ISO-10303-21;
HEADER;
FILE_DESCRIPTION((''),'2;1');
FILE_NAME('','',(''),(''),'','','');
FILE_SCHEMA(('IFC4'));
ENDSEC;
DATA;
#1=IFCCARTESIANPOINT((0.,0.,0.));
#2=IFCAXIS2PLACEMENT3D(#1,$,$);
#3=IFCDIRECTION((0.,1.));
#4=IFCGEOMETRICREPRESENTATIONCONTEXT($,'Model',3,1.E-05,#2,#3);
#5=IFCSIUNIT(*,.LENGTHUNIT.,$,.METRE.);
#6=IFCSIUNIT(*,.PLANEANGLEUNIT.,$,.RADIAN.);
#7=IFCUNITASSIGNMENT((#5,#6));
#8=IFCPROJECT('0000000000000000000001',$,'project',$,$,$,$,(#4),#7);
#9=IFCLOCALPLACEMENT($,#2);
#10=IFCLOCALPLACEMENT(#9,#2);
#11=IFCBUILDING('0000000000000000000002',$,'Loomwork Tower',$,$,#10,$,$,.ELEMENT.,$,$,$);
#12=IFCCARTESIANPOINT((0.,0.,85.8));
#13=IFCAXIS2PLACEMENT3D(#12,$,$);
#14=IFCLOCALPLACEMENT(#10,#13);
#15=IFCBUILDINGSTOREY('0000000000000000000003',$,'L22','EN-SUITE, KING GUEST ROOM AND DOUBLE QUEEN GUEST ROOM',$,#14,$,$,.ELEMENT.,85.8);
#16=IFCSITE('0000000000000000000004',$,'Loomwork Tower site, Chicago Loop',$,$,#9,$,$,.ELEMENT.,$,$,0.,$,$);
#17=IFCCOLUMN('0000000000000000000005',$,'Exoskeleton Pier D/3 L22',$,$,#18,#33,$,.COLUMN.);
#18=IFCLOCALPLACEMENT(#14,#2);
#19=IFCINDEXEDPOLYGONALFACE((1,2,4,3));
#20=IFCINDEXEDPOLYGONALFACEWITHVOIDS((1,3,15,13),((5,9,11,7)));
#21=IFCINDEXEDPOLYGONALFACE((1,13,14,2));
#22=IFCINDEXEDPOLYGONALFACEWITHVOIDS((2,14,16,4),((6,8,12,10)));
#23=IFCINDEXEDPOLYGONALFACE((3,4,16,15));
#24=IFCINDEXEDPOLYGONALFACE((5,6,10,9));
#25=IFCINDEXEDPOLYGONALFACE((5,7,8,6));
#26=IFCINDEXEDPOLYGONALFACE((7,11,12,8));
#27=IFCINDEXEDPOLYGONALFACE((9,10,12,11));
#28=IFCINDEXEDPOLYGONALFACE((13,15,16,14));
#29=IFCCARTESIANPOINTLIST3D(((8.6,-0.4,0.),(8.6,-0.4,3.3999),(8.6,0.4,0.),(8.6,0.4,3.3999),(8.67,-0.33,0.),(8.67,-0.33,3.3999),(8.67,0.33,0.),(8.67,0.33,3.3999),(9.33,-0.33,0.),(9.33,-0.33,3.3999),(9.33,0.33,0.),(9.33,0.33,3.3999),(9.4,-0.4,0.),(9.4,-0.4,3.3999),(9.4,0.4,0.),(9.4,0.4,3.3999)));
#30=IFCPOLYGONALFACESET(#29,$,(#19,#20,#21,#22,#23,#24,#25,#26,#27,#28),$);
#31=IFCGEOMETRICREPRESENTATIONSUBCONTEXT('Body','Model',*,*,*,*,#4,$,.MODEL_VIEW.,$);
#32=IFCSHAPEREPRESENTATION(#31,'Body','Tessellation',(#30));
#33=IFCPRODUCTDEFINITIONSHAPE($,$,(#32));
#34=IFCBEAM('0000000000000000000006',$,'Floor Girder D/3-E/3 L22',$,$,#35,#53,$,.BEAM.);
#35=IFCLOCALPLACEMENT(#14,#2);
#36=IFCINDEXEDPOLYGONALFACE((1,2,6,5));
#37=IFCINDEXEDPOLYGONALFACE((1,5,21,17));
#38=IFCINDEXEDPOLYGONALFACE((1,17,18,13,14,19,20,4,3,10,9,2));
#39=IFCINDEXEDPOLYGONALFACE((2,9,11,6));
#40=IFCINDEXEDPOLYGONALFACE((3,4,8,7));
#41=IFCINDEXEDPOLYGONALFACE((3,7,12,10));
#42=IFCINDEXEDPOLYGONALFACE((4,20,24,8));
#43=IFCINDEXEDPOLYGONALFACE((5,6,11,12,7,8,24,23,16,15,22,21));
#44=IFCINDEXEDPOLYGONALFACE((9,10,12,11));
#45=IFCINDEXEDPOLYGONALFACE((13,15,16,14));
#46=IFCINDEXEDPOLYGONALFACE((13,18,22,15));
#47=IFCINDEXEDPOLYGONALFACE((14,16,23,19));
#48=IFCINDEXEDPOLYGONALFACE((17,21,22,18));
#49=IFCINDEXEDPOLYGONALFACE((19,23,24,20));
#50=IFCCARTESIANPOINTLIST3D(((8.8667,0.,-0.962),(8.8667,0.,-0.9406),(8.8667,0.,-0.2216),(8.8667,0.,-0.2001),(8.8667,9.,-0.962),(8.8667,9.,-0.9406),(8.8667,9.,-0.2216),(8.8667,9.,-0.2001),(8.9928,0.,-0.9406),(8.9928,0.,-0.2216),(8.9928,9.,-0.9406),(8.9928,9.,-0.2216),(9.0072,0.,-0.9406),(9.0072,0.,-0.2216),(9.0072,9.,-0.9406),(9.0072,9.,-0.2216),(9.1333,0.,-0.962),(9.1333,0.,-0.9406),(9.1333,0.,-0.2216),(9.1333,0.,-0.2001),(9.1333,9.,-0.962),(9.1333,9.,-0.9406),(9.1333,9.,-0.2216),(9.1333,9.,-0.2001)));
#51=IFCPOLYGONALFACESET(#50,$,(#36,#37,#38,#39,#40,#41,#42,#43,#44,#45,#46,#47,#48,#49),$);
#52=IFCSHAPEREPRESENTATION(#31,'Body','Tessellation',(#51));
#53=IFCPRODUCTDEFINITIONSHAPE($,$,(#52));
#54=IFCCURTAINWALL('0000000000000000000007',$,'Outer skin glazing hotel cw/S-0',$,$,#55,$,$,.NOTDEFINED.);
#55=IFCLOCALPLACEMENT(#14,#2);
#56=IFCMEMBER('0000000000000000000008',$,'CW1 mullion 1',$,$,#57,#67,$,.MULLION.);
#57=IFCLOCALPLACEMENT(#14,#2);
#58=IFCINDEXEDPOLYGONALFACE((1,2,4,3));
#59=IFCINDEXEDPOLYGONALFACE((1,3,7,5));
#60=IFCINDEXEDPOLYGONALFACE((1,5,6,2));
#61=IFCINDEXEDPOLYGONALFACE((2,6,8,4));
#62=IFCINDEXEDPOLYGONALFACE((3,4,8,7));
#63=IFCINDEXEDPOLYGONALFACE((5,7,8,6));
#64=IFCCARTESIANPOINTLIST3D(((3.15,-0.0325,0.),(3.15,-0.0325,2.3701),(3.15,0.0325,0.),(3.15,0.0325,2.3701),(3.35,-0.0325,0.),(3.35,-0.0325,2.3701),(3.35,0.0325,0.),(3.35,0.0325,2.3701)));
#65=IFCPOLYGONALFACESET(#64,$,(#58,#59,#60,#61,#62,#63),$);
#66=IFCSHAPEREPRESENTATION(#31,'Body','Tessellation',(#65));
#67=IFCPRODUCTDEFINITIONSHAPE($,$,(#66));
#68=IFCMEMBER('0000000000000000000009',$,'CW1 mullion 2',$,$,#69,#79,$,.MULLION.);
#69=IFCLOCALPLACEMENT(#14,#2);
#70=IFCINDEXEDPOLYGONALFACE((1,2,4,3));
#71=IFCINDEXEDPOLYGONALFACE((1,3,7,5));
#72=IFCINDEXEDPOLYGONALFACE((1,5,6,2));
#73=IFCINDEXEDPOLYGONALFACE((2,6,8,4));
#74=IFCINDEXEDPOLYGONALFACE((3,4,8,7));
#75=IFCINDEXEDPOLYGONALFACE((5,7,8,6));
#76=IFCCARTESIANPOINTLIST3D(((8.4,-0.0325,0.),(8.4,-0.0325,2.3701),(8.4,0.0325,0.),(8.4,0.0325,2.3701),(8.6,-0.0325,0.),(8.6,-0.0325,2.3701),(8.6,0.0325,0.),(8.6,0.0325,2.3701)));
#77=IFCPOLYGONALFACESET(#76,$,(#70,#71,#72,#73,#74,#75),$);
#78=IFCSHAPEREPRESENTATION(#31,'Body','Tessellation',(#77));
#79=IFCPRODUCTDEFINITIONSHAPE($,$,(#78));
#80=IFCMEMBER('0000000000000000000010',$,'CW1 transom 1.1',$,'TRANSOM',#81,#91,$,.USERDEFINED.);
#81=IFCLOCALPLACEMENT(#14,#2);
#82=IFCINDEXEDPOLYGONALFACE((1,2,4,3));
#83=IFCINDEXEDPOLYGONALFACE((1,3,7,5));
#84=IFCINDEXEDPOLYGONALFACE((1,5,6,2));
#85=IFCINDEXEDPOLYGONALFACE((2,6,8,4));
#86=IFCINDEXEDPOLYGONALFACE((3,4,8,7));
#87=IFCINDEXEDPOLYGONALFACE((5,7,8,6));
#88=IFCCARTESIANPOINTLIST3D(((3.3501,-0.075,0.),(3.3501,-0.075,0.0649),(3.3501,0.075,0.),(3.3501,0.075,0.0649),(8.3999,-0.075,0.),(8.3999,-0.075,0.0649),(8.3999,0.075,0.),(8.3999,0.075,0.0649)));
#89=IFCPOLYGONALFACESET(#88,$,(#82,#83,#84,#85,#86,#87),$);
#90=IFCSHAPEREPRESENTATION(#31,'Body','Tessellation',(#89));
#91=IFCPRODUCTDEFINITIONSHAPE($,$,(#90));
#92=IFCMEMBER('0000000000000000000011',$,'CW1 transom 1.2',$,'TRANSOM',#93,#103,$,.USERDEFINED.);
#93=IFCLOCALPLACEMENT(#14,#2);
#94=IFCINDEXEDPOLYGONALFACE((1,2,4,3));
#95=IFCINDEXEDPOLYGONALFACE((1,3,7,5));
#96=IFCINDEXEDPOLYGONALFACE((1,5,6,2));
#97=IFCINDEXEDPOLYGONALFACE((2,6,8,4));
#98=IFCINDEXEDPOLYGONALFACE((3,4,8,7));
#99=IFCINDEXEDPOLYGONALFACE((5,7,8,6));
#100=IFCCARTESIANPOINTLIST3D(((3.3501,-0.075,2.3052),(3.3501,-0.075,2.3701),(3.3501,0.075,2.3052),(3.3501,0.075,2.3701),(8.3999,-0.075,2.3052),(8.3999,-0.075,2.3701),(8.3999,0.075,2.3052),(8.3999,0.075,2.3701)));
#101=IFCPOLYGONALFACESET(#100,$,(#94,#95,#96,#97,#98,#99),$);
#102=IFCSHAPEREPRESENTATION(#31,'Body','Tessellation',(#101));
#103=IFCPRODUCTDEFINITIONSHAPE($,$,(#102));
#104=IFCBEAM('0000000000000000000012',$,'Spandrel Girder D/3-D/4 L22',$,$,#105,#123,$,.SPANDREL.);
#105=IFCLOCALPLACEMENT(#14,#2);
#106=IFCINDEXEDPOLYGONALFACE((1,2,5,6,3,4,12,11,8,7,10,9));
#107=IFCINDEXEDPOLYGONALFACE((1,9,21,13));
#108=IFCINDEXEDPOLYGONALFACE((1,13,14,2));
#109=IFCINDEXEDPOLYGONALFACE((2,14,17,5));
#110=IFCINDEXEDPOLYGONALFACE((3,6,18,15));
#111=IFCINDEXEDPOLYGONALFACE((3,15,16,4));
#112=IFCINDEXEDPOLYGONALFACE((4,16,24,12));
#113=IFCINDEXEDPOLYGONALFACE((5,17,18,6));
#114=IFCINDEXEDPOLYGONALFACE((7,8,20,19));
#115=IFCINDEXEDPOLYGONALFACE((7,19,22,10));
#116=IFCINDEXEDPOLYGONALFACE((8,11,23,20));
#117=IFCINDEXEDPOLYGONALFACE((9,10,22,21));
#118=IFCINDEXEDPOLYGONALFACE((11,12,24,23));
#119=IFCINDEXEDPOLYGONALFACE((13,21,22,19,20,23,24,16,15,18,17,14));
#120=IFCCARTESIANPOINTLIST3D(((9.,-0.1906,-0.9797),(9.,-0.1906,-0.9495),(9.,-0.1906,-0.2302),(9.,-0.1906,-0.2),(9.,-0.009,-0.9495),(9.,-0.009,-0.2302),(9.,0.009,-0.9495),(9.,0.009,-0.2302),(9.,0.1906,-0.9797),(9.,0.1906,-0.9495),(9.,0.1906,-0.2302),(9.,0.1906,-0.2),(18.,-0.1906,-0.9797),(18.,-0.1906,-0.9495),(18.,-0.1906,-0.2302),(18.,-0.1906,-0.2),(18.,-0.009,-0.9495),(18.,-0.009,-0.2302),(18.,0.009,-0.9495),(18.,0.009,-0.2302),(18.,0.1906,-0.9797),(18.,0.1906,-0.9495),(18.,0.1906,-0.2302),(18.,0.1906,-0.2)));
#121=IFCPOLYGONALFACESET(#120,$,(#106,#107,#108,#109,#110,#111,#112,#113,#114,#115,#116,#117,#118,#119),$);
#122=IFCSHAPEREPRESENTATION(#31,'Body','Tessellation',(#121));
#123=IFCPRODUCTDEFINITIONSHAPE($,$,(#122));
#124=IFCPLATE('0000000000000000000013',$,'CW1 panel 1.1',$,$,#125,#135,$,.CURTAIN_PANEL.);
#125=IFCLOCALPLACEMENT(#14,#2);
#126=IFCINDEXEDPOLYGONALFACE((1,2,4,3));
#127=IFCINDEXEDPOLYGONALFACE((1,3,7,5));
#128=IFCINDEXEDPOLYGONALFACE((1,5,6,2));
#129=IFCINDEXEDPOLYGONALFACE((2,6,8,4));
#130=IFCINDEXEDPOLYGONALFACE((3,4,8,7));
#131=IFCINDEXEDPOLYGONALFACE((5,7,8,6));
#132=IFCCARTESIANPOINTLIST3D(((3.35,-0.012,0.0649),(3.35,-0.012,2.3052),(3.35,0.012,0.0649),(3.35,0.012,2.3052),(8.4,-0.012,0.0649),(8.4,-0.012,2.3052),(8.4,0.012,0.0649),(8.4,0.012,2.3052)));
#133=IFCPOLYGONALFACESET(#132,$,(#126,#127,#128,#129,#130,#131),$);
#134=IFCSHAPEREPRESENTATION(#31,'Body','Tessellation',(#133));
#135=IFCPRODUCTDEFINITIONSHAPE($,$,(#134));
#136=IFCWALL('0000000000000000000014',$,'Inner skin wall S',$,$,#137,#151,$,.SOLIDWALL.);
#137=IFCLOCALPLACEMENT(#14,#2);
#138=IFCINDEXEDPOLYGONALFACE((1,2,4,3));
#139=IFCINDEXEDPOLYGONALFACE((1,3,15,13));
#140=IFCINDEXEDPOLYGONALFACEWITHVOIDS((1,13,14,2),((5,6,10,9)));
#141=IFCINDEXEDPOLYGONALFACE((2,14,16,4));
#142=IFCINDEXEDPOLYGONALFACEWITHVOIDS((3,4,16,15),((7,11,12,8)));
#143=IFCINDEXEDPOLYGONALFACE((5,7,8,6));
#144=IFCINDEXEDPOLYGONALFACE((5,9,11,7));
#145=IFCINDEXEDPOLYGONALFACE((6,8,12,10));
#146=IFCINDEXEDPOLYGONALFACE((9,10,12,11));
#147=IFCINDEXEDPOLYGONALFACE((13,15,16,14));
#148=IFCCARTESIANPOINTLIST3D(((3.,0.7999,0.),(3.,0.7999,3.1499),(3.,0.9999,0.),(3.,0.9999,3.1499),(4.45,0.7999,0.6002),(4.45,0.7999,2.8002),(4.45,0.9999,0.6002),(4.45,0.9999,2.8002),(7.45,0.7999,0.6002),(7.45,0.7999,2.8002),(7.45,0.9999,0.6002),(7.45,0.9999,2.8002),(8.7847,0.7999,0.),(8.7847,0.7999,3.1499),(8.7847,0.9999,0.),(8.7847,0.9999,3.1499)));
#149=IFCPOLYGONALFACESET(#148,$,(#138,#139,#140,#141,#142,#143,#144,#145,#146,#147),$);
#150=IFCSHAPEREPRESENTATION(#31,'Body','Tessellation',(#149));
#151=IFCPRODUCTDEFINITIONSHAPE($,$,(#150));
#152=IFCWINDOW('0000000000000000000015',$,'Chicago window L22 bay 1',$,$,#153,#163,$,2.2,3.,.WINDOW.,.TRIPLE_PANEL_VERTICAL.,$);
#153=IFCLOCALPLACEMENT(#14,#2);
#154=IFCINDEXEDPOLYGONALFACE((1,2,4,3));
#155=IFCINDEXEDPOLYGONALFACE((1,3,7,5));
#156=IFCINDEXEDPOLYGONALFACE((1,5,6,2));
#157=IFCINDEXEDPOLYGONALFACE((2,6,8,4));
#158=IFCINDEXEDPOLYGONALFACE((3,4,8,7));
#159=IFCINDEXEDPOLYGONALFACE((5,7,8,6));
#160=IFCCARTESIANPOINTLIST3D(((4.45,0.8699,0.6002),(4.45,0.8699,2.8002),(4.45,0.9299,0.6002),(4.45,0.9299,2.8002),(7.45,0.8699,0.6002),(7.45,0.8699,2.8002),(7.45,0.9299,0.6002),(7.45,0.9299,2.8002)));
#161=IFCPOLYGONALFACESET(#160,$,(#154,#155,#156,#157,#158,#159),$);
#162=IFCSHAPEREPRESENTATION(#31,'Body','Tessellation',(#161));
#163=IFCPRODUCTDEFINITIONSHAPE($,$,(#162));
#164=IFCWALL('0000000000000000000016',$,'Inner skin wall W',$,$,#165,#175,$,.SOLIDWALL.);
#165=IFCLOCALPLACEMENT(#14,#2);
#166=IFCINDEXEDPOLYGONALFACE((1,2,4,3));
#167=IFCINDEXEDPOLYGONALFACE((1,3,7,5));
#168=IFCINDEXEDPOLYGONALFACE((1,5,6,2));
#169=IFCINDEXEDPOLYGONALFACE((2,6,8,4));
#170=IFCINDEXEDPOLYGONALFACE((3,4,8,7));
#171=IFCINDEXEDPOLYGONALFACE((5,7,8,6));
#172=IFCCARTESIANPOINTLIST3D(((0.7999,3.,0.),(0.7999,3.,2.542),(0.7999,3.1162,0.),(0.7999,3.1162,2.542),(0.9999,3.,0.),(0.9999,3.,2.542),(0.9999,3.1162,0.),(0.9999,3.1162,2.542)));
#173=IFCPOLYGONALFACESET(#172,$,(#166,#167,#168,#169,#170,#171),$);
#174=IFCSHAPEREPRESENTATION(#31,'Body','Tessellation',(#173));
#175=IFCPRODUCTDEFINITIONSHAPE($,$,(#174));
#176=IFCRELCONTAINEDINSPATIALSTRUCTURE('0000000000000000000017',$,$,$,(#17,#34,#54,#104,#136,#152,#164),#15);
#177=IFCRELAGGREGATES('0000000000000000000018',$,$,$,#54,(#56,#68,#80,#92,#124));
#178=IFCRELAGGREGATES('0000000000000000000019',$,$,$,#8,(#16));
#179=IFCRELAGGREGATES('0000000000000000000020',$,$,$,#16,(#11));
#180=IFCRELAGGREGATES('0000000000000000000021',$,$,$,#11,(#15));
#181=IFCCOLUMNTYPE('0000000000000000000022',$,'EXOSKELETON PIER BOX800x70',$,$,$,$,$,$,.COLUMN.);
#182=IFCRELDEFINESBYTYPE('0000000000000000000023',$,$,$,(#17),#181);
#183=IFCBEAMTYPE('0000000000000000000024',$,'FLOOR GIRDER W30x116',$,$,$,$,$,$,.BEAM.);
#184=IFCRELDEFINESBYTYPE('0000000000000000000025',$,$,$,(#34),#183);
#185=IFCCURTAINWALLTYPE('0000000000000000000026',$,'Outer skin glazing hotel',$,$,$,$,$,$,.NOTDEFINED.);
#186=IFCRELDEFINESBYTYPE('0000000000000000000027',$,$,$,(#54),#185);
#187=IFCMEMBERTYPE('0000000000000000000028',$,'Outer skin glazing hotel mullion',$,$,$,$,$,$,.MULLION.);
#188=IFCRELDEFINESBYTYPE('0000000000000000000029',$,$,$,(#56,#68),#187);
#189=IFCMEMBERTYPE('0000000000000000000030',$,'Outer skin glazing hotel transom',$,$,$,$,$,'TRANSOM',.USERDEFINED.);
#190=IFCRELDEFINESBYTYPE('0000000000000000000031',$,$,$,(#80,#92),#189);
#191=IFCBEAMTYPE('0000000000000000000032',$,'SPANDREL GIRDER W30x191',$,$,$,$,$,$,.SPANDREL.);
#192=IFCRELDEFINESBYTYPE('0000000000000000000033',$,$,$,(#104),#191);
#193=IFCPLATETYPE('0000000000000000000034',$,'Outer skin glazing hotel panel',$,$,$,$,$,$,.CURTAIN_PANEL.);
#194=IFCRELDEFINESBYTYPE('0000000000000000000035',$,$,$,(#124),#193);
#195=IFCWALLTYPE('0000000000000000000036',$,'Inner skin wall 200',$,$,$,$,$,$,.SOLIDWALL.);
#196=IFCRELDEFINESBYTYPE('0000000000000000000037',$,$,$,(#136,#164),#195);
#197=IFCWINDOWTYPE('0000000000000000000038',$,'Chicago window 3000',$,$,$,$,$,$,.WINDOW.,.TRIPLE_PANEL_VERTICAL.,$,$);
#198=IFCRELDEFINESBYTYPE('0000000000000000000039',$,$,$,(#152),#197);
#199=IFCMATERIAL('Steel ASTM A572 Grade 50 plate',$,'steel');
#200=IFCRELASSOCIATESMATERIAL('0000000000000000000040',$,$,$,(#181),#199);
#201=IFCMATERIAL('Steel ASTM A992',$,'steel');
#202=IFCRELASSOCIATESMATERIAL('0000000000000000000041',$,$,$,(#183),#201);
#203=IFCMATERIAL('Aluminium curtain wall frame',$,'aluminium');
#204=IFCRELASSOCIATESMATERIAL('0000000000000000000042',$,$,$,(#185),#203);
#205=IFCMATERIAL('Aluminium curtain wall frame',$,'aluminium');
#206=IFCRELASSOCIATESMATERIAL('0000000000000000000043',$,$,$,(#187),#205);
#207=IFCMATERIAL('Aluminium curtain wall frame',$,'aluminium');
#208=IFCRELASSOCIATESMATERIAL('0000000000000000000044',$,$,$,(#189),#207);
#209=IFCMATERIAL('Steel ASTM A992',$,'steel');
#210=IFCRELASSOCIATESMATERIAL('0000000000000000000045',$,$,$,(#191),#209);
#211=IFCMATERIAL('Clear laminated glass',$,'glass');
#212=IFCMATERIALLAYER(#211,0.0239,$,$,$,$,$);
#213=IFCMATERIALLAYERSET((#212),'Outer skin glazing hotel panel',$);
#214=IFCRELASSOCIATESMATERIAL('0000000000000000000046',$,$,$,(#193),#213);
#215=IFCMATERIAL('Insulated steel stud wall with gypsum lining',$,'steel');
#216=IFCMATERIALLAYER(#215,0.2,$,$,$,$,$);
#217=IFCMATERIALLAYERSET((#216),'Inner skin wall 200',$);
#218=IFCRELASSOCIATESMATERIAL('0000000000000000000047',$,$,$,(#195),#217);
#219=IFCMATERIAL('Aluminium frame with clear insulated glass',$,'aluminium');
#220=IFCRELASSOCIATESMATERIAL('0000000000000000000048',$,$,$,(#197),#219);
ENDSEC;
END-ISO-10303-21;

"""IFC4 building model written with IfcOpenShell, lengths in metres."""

from ifc_helpers import new_model, si_unit, direction, frame, frame_2d, origin, origin_2d, place, context, subcontext, project, spatial, rectangle, hollow_rectangle, i_section, extrude, material, layer, layer_set, material_profile, profile_set, type_object, element, fill, aggregate, save


model = new_model("IFC4")

# Units and contexts
model_context = context("Model", 3, precision=1e-05, world=origin(), true_north=direction((0.0, 1.0)))
body_context = subcontext(model_context, "Body", "Model", "MODEL_VIEW")
ifc_project = project(units=[si_unit("LENGTHUNIT", "METRE"), si_unit("PLANEANGLEUNIT", "RADIAN")], contexts=[model_context])

# Site, building, storey
site_placement = place(None, origin())
site = spatial("IfcSite", under=ifc_project, at=site_placement, Name="Loomwork Tower site, Chicago Loop", CompositionType="ELEMENT", RefElevation=0.0)
building_placement = place(site_placement, origin())
building = spatial("IfcBuilding", under=site, at=building_placement, Name="Loomwork Tower", CompositionType="ELEMENT")
storey_placement = place(building_placement, frame((0.0, 0.0, 85.8)))
storey = spatial("IfcBuildingStorey", under=building, at=storey_placement, Name="L22", Description="EN-SUITE, KING GUEST ROOM AND DOUBLE QUEEN GUEST ROOM", CompositionType="ELEMENT", Elevation=85.8)

# Column
ifc_material_1 = material(Name="Steel ASTM A572 Grade 50 plate", Category="steel")
ifc_material_profile_1 = material_profile(ifc_material_1, hollow_rectangle(XDim=0.8, YDim=0.8, WallThickness=0.0701, at=origin_2d()), Name="BOX800x70")
ifc_profile_set_1 = profile_set([ifc_material_profile_1], Name="Steel ASTM A572 Grade 50 plate")
column_type = type_object("IfcColumnType", Name="EXOSKELETON PIER BOX800x70", PredefinedType="COLUMN", material=ifc_profile_set_1)
column_placement = place(storey_placement, frame((9.0, 0.0, 0.0), z_axis=(0.0, 0.0, 1.0), x_axis=(1.0, 0.0, 0.0)))
element("IfcColumn", 1, at=column_placement, inside=storey, type_object=column_type, Name="Exoskeleton Pier D/3 L22", PredefinedType="COLUMN", context=body_context, shape_type="SweptSolid", body=[
    extrude(hollow_rectangle(XDim=0.8, YDim=0.8, WallThickness=0.0701, at=origin_2d()), origin(), (0.0, 0.0, 1.0), 3.3999),
])

# Beam
ifc_material_2 = material(Name="Steel ASTM A992", Category="steel")
ifc_material_profile_2 = material_profile(ifc_material_2, i_section(OverallWidth=0.2666, OverallDepth=0.762, WebThickness=0.0144, FlangeThickness=0.0215, at=origin_2d()), Name="W30x116")
ifc_profile_set_2 = profile_set([ifc_material_profile_2], Name="Steel ASTM A992")
beam_type_1 = type_object("IfcBeamType", Name="FLOOR GIRDER W30x116", PredefinedType="BEAM", material=ifc_profile_set_2)
beam_1_placement = place(storey_placement, frame((9.0, 0.0, -0.5811), z_axis=(0.0, 1.0, 0.0), x_axis=(-1.0, 0.0, 0.0)))
element("IfcBeam", 2, at=beam_1_placement, inside=storey, type_object=beam_type_1, Name="Floor Girder D/3-E/3 L22", PredefinedType="BEAM", context=body_context, shape_type="SweptSolid", body=[
    extrude(i_section(OverallWidth=0.2666, OverallDepth=0.762, WebThickness=0.0144, FlangeThickness=0.0215, at=origin_2d()), origin(), (0.0, 0.0, 1.0), 9.0),
])

# Curtain wall, members
ifc_material_3 = material(Name="Aluminium curtain wall frame", Category="aluminium")
curtain_wall_type = type_object("IfcCurtainWallType", Name="Outer skin glazing hotel", PredefinedType="NOTDEFINED", material=ifc_material_3)
curtain_wall_placement = place(storey_placement, origin())
curtain_wall = element("IfcCurtainWall", 3, at=curtain_wall_placement, inside=storey, type_object=curtain_wall_type, Name="Outer skin glazing hotel cw/S-0", PredefinedType="NOTDEFINED")
ifc_material_4 = material(Name="Aluminium curtain wall frame", Category="aluminium")
ifc_material_profile_3 = material_profile(ifc_material_4, rectangle(XDim=0.0649, YDim=0.2, at=origin_2d()), Name="AL 65x200")
ifc_profile_set_3 = profile_set([ifc_material_profile_3], Name="Aluminium curtain wall frame")
member_type_1 = type_object("IfcMemberType", Name="Outer skin glazing hotel mullion", PredefinedType="MULLION", material=ifc_profile_set_3)
member_1_placement = place(storey_placement, frame((3.25, 0.0, 0.0), z_axis=(0.0, 0.0, 1.0), x_axis=(0.0, 1.0, 0.0)))
member_1 = element("IfcMember", 4, at=member_1_placement, type_object=member_type_1, Name="CW1 mullion 1", PredefinedType="MULLION", context=body_context, shape_type="SweptSolid", body=[
    extrude(rectangle(XDim=0.0649, YDim=0.2, at=origin_2d()), origin(), (0.0, 0.0, 1.0), 2.3701),
])
member_2_placement = place(storey_placement, frame((8.5, 0.0, 0.0), z_axis=(0.0, 0.0, 1.0), x_axis=(0.0, 1.0, 0.0)))
member_2 = element("IfcMember", 5, at=member_2_placement, type_object=member_type_1, Name="CW1 mullion 2", PredefinedType="MULLION", context=body_context, shape_type="SweptSolid", body=[
    extrude(rectangle(XDim=0.0649, YDim=0.2, at=origin_2d()), origin(), (0.0, 0.0, 1.0), 2.3701),
])
ifc_material_5 = material(Name="Aluminium curtain wall frame", Category="aluminium")
ifc_material_profile_4 = material_profile(ifc_material_5, rectangle(XDim=0.1499, YDim=0.0649, at=origin_2d()), Name="AL 65x150")
ifc_profile_set_4 = profile_set([ifc_material_profile_4], Name="Aluminium curtain wall frame")
member_type_2 = type_object("IfcMemberType", Name="Outer skin glazing hotel transom", ElementType="TRANSOM", PredefinedType="USERDEFINED", material=ifc_profile_set_4)
member_3_placement = place(storey_placement, frame((3.3501, 0.0, 0.0325), z_axis=(1.0, 0.0, 0.0), x_axis=(0.0, 1.0, 0.0)))
member_3 = element("IfcMember", 6, at=member_3_placement, type_object=member_type_2, Name="CW1 transom 1.1", ObjectType="TRANSOM", PredefinedType="USERDEFINED", context=body_context, shape_type="SweptSolid", body=[
    extrude(rectangle(XDim=0.1499, YDim=0.0649, at=origin_2d()), origin(), (0.0, 0.0, 1.0), 5.0498),
])
member_4_placement = place(storey_placement, frame((3.3501, 0.0, 2.3376), z_axis=(1.0, 0.0, 0.0), x_axis=(0.0, 1.0, 0.0)))
member_4 = element("IfcMember", 7, at=member_4_placement, type_object=member_type_2, Name="CW1 transom 1.2", ObjectType="TRANSOM", PredefinedType="USERDEFINED", context=body_context, shape_type="SweptSolid", body=[
    extrude(rectangle(XDim=0.1499, YDim=0.0649, at=origin_2d()), origin(), (0.0, 0.0, 1.0), 5.0498),
])

# Beam
ifc_material_6 = material(Name="Steel ASTM A992", Category="steel")
ifc_material_profile_5 = material_profile(ifc_material_6, i_section(OverallWidth=0.3811, OverallDepth=0.7798, WebThickness=0.0181, FlangeThickness=0.0303, at=origin_2d()), Name="W30x191")
ifc_profile_set_5 = profile_set([ifc_material_profile_5], Name="Steel ASTM A992")
beam_type_2 = type_object("IfcBeamType", Name="SPANDREL GIRDER W30x191", PredefinedType="SPANDREL", material=ifc_profile_set_5)
beam_2_placement = place(storey_placement, frame((9.0, 0.0, -0.5898), z_axis=(1.0, 0.0, 0.0), x_axis=(0.0, 1.0, 0.0)))
element("IfcBeam", 8, at=beam_2_placement, inside=storey, type_object=beam_type_2, Name="Spandrel Girder D/3-D/4 L22", PredefinedType="SPANDREL", context=body_context, shape_type="SweptSolid", body=[
    extrude(i_section(OverallWidth=0.3811, OverallDepth=0.7798, WebThickness=0.0181, FlangeThickness=0.0303, at=origin_2d()), origin(), (0.0, 0.0, 1.0), 9.0),
])

# Plate
ifc_material_7 = material(Name="Clear laminated glass", Category="glass")
ifc_layer_1 = layer(ifc_material_7, 0.0239)
ifc_layer_set_1 = layer_set([ifc_layer_1], Name="Outer skin glazing hotel panel")
plate_type = type_object("IfcPlateType", Name="Outer skin glazing hotel panel", PredefinedType="CURTAIN_PANEL", material=ifc_layer_set_1)
plate_placement = place(storey_placement, frame((5.875, 0.0, 0.0649), z_axis=(0.0, 0.0, 1.0), x_axis=(1.0, 0.0, 0.0)))
plate = element("IfcPlate", 9, at=plate_placement, type_object=plate_type, Name="CW1 panel 1.1", PredefinedType="CURTAIN_PANEL", context=body_context, shape_type="SweptSolid", body=[
    extrude(rectangle(XDim=5.05, YDim=0.0239, at=origin_2d()), origin(), (0.0, 0.0, 1.0), 2.2402),
])
aggregate(curtain_wall, [member_1, member_2, member_3, member_4, plate])

# Wall, opening, window
ifc_material_8 = material(Name="Insulated steel stud wall with gypsum lining", Category="steel")
ifc_layer_2 = layer(ifc_material_8, 0.2)
ifc_layer_set_2 = layer_set([ifc_layer_2], Name="Inner skin wall 200")
wall_type_1 = type_object("IfcWallType", Name="Inner skin wall 200", PredefinedType="SOLIDWALL", material=ifc_layer_set_2)
wall_1_placement = place(storey_placement, frame((3.0, 0.8999, 0.0), z_axis=(0.0, 0.0, 1.0), x_axis=(1.0, 0.0, 0.0)))
wall_1 = element("IfcWall", 10, at=wall_1_placement, inside=storey, type_object=wall_type_1, Name="Inner skin wall S", PredefinedType="SOLIDWALL", context=body_context, shape_type="SweptSolid", body=[
    extrude(rectangle(XDim=5.7847, YDim=0.2, at=frame_2d((2.8923, 0.0))), origin(), (0.0, 0.0, 1.0), 3.1499),
])
opening_1_placement = place(wall_1_placement, frame((1.45, 0.0, 0.6001)))
opening_1 = element("IfcOpeningElement", 11, at=opening_1_placement, cuts=wall_1, PredefinedType="OPENING", context=body_context, shape_type="SweptSolid", body=[
    extrude(rectangle(XDim=3.0, YDim=2.2, at=frame_2d((1.5, 1.1001))), frame((0.0, 0.1099, 0.0), z_axis=(0.0, -1.0, 0.0), x_axis=(1.0, 0.0, 0.0)), (0.0, 0.0, 1.0), 0.22),
])
ifc_material_9 = material(Name="Aluminium frame with clear insulated glass", Category="aluminium")
window_type_1 = type_object("IfcWindowType", Name="Chicago window 3000", PartitioningType="TRIPLE_PANEL_VERTICAL", PredefinedType="WINDOW", material=ifc_material_9)
window_1_placement = place(opening_1_placement, origin())
window_1 = element("IfcWindow", 12, at=window_1_placement, inside=storey, type_object=window_type_1, Name="Chicago window L22 bay 1", OverallHeight=2.2, OverallWidth=3.0, PartitioningType="TRIPLE_PANEL_VERTICAL", PredefinedType="WINDOW", context=body_context, shape_type="SweptSolid", body=[
    extrude(rectangle(XDim=3.0, YDim=2.2, at=frame_2d((1.5, 1.1001))), frame((0.0, 0.03, 0.0), z_axis=(0.0, -1.0, 0.0), x_axis=(1.0, 0.0, 0.0)), (0.0, 0.0, 1.0), 0.0601),
])
fill(opening_1, window_1)

# Wall
wall_2_placement = place(storey_placement, frame((0.8999, 3.0, 0.0), z_axis=(0.0, 0.0, 1.0), x_axis=(0.0, 1.0, 0.0)))
element("IfcWall", 13, at=wall_2_placement, inside=storey, type_object=wall_type_1, Name="Inner skin wall W", PredefinedType="SOLIDWALL", context=body_context, shape_type="SweptSolid", body=[
    extrude(rectangle(XDim=0.1162, YDim=0.2, at=frame_2d((0.0581, 0.0))), origin(), (0.0, 0.0, 1.0), 2.542),
])

save(model, "model.ifc")
